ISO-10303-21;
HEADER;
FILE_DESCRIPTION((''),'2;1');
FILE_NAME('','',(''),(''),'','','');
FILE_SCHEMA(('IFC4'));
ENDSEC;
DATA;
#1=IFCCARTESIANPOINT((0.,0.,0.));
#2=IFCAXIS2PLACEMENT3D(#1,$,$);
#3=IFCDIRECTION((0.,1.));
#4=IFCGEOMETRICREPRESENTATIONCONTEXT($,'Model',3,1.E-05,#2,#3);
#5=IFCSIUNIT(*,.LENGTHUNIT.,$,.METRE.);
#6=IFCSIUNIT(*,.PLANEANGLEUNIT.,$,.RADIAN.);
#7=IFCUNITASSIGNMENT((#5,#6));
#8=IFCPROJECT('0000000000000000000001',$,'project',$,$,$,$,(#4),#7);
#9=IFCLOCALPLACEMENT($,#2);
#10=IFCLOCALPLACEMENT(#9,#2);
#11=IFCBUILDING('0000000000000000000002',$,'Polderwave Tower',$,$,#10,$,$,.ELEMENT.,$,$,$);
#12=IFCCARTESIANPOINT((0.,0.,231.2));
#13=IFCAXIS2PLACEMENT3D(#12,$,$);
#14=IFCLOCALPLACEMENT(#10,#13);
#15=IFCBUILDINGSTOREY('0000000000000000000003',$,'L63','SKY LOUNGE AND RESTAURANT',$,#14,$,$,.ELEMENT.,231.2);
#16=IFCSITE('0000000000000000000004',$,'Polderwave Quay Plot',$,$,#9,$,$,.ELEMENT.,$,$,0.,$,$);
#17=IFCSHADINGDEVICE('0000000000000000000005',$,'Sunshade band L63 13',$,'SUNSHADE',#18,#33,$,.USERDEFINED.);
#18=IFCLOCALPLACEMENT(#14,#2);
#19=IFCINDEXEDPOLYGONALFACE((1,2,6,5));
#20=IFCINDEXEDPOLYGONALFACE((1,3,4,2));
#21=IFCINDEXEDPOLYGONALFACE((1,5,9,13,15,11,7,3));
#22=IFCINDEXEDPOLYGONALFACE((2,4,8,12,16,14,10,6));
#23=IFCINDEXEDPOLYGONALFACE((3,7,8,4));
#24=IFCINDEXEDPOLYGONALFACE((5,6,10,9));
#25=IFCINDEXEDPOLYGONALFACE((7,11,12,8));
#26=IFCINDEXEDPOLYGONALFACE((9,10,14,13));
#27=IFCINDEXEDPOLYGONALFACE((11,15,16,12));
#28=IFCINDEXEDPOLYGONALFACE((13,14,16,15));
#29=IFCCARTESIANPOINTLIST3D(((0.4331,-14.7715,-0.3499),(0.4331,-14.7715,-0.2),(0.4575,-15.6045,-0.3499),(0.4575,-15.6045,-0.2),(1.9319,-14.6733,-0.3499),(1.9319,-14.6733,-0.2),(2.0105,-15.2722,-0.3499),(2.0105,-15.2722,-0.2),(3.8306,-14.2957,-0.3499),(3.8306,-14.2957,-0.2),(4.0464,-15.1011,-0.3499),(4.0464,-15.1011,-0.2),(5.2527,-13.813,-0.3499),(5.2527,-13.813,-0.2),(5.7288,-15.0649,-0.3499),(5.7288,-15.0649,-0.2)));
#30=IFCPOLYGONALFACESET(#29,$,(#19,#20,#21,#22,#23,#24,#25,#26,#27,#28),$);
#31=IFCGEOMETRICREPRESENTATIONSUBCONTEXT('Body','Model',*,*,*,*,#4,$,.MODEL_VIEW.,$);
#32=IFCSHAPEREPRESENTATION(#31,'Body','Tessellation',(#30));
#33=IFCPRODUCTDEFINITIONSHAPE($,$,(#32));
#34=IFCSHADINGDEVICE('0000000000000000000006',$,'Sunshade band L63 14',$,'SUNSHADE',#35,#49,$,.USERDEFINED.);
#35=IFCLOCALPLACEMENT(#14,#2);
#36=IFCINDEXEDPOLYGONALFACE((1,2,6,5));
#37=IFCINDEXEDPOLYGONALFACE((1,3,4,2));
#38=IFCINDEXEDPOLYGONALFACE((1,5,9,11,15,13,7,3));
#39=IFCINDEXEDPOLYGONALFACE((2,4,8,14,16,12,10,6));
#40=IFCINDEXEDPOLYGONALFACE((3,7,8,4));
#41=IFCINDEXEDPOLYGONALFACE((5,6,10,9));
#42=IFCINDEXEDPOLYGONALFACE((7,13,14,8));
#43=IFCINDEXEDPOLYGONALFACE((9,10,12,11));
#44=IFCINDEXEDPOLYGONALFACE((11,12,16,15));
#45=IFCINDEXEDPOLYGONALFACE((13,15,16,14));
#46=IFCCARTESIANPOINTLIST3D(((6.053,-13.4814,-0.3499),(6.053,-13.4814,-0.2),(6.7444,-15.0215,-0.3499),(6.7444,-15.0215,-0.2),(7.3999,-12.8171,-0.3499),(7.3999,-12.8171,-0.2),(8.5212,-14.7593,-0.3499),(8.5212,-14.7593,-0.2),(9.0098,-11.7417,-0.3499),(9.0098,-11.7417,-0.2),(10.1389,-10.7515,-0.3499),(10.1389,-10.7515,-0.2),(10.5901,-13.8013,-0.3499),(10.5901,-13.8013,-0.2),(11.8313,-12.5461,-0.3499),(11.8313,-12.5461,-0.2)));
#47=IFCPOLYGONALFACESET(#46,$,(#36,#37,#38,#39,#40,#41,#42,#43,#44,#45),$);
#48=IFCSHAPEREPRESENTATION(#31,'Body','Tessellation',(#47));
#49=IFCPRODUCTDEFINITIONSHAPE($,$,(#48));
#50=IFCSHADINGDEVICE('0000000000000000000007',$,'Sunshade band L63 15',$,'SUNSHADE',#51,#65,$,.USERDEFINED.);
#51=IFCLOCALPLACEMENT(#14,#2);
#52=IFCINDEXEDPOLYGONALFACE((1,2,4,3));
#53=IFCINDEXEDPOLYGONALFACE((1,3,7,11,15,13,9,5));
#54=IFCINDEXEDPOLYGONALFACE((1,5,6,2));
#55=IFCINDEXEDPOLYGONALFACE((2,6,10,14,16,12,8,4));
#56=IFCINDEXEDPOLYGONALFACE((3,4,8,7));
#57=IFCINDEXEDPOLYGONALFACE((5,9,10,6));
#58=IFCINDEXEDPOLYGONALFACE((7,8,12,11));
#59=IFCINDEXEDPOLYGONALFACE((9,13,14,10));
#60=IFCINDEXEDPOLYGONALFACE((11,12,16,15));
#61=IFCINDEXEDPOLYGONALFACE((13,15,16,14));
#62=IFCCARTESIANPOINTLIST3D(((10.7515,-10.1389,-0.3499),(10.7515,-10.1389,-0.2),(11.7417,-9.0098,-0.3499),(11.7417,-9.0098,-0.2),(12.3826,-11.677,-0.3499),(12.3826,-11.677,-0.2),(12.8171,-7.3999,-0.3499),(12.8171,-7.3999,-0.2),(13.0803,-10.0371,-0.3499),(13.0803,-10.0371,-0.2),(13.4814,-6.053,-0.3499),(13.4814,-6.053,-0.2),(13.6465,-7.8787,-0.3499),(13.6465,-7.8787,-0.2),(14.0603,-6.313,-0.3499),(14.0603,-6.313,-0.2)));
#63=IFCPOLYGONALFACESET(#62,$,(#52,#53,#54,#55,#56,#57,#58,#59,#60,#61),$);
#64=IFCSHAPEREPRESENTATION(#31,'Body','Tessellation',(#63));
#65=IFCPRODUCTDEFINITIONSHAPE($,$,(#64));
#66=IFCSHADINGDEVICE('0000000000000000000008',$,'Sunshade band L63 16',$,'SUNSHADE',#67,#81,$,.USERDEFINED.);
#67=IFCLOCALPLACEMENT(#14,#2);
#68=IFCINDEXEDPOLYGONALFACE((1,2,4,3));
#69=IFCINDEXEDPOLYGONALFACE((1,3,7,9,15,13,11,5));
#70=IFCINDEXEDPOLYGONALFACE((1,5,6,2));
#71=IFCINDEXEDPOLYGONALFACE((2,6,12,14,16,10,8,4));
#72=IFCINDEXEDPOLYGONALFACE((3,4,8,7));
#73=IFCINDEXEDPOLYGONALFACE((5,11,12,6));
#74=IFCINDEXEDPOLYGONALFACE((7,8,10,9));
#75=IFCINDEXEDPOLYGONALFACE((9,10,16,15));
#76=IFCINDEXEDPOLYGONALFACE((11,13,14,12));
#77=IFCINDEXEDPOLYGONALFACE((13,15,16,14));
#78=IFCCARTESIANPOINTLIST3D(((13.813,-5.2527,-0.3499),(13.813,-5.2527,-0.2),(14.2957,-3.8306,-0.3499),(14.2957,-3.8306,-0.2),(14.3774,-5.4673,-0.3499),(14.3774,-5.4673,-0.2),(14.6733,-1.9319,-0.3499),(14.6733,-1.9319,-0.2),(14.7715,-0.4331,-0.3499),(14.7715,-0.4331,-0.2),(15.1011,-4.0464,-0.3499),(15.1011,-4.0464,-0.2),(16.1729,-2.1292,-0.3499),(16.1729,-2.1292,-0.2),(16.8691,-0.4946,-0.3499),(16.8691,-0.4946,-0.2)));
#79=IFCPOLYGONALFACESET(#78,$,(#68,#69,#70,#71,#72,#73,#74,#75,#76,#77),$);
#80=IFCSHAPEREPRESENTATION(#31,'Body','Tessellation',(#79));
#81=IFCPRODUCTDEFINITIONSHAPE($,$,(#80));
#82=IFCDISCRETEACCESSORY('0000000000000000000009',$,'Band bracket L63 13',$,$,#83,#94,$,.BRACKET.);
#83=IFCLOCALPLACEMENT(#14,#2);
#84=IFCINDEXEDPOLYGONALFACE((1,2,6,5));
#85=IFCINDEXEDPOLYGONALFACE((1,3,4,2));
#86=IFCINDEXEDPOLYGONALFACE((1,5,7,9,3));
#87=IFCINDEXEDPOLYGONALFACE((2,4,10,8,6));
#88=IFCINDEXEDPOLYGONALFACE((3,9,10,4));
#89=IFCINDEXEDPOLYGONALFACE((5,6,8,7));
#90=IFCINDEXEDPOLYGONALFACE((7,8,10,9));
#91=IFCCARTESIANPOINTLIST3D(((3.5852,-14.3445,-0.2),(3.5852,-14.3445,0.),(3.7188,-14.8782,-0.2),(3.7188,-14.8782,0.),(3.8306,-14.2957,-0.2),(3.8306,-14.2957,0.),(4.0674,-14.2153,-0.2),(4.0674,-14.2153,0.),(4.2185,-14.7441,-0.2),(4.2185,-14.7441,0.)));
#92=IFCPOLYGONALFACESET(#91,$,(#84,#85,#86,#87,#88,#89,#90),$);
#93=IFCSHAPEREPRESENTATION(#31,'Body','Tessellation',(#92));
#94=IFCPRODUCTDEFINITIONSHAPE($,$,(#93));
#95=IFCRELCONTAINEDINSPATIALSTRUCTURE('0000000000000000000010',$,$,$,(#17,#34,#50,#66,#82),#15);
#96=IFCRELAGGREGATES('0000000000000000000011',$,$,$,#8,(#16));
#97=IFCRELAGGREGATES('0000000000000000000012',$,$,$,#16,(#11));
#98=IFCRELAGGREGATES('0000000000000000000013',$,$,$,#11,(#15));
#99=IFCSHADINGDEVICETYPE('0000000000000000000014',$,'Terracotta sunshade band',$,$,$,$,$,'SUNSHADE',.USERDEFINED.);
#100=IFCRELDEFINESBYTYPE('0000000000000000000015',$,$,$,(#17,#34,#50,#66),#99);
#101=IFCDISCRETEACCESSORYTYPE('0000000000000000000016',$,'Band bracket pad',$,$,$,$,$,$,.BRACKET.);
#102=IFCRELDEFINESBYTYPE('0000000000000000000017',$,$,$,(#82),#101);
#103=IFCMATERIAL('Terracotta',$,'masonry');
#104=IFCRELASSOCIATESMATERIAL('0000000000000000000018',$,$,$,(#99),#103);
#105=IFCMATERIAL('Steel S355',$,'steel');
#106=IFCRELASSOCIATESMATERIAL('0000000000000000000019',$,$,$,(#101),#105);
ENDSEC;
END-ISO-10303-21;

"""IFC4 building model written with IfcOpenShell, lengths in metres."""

from ifc_helpers import new_model, si_unit, direction, frame, origin, place, context, subcontext, project, spatial, polyline, outline, extrude, material, type_object, element, save


model = new_model("IFC4")

# Units and contexts
model_context = context("Model", 3, precision=1e-05, world=origin(), true_north=direction((0.0, 1.0)))
body_context = subcontext(model_context, "Body", "Model", "MODEL_VIEW")
ifc_project = project(units=[si_unit("LENGTHUNIT", "METRE"), si_unit("PLANEANGLEUNIT", "RADIAN")], contexts=[model_context])

# Site, building, storey
site_placement = place(None, origin())
site = spatial("IfcSite", under=ifc_project, at=site_placement, Name="Polderwave Quay Plot", CompositionType="ELEMENT", RefElevation=0.0)
building_placement = place(site_placement, origin())
building = spatial("IfcBuilding", under=site, at=building_placement, Name="Polderwave Tower", CompositionType="ELEMENT")
storey_placement = place(building_placement, frame((0.0, 0.0, 231.2)))
storey = spatial("IfcBuildingStorey", under=building, at=storey_placement, Name="L63", Description="SKY LOUNGE AND RESTAURANT", CompositionType="ELEMENT", Elevation=231.2)

# Shading devices
ifc_material_1 = material(Name="Terracotta", Category="masonry")
shading_device_type = type_object("IfcShadingDeviceType", Name="Terracotta sunshade band", ElementType="SUNSHADE", PredefinedType="USERDEFINED", material=ifc_material_1)
shading_device_1_placement = place(storey_placement, frame((0.0, 0.0, -0.3499)))
element("IfcShadingDevice", 1, at=shading_device_1_placement, inside=storey, type_object=shading_device_type, Name="Sunshade band L63 13", ObjectType="SUNSHADE", PredefinedType="USERDEFINED", context=body_context, shape_type="SweptSolid", body=[
    extrude(outline(polyline([(0.4331, -14.7715), (1.9319, -14.6733), (3.8306, -14.2957), (5.2527, -13.813), (5.7288, -15.0649), (4.0464, -15.1011), (2.0105, -15.2722), (0.4575, -15.6045), (0.4331, -14.7715)])), origin(), (0.0, 0.0, 1.0), 0.1499),
])
shading_device_2_placement = place(storey_placement, frame((0.0, 0.0, -0.3499)))
element("IfcShadingDevice", 2, at=shading_device_2_placement, inside=storey, type_object=shading_device_type, Name="Sunshade band L63 14", ObjectType="SUNSHADE", PredefinedType="USERDEFINED", context=body_context, shape_type="SweptSolid", body=[
    extrude(outline(polyline([(6.053, -13.4814), (7.3999, -12.8171), (9.0098, -11.7417), (10.1389, -10.7515), (11.8313, -12.5461), (10.5901, -13.8013), (8.5212, -14.7593), (6.7444, -15.0215), (6.053, -13.4814)])), origin(), (0.0, 0.0, 1.0), 0.1499),
])
shading_device_3_placement = place(storey_placement, frame((0.0, 0.0, -0.3499)))
element("IfcShadingDevice", 3, at=shading_device_3_placement, inside=storey, type_object=shading_device_type, Name="Sunshade band L63 15", ObjectType="SUNSHADE", PredefinedType="USERDEFINED", context=body_context, shape_type="SweptSolid", body=[
    extrude(outline(polyline([(10.7515, -10.1389), (11.7417, -9.0098), (12.8171, -7.3999), (13.4814, -6.053), (14.0603, -6.313), (13.6465, -7.8787), (13.0803, -10.0371), (12.3826, -11.677), (10.7515, -10.1389)])), origin(), (0.0, 0.0, 1.0), 0.1499),
])
shading_device_4_placement = place(storey_placement, frame((0.0, 0.0, -0.3499)))
element("IfcShadingDevice", 4, at=shading_device_4_placement, inside=storey, type_object=shading_device_type, Name="Sunshade band L63 16", ObjectType="SUNSHADE", PredefinedType="USERDEFINED", context=body_context, shape_type="SweptSolid", body=[
    extrude(outline(polyline([(13.813, -5.2527), (14.2957, -3.8306), (14.6733, -1.9319), (14.7715, -0.4331), (16.8691, -0.4946), (16.1729, -2.1292), (15.1011, -4.0464), (14.3774, -5.4673), (13.813, -5.2527)])), origin(), (0.0, 0.0, 1.0), 0.1499),
])

# Discrete accessory
ifc_material_2 = material(Name="Steel S355", Category="steel")
discrete_accessory_type = type_object("IfcDiscreteAccessoryType", Name="Band bracket pad", PredefinedType="BRACKET", material=ifc_material_2)
discrete_accessory_placement = place(storey_placement, frame((0.0, 0.0, -0.2)))
element("IfcDiscreteAccessory", 5, at=discrete_accessory_placement, inside=storey, type_object=discrete_accessory_type, Name="Band bracket L63 13", PredefinedType="BRACKET", context=body_context, shape_type="SweptSolid", body=[
    extrude(outline(polyline([(3.5852, -14.3445), (3.8306, -14.2957), (4.0674, -14.2153), (4.2185, -14.7441), (3.7188, -14.8782), (3.5852, -14.3445)])), origin(), (0.0, 0.0, 1.0), 0.2),
])

save(model, "model.ifc")
